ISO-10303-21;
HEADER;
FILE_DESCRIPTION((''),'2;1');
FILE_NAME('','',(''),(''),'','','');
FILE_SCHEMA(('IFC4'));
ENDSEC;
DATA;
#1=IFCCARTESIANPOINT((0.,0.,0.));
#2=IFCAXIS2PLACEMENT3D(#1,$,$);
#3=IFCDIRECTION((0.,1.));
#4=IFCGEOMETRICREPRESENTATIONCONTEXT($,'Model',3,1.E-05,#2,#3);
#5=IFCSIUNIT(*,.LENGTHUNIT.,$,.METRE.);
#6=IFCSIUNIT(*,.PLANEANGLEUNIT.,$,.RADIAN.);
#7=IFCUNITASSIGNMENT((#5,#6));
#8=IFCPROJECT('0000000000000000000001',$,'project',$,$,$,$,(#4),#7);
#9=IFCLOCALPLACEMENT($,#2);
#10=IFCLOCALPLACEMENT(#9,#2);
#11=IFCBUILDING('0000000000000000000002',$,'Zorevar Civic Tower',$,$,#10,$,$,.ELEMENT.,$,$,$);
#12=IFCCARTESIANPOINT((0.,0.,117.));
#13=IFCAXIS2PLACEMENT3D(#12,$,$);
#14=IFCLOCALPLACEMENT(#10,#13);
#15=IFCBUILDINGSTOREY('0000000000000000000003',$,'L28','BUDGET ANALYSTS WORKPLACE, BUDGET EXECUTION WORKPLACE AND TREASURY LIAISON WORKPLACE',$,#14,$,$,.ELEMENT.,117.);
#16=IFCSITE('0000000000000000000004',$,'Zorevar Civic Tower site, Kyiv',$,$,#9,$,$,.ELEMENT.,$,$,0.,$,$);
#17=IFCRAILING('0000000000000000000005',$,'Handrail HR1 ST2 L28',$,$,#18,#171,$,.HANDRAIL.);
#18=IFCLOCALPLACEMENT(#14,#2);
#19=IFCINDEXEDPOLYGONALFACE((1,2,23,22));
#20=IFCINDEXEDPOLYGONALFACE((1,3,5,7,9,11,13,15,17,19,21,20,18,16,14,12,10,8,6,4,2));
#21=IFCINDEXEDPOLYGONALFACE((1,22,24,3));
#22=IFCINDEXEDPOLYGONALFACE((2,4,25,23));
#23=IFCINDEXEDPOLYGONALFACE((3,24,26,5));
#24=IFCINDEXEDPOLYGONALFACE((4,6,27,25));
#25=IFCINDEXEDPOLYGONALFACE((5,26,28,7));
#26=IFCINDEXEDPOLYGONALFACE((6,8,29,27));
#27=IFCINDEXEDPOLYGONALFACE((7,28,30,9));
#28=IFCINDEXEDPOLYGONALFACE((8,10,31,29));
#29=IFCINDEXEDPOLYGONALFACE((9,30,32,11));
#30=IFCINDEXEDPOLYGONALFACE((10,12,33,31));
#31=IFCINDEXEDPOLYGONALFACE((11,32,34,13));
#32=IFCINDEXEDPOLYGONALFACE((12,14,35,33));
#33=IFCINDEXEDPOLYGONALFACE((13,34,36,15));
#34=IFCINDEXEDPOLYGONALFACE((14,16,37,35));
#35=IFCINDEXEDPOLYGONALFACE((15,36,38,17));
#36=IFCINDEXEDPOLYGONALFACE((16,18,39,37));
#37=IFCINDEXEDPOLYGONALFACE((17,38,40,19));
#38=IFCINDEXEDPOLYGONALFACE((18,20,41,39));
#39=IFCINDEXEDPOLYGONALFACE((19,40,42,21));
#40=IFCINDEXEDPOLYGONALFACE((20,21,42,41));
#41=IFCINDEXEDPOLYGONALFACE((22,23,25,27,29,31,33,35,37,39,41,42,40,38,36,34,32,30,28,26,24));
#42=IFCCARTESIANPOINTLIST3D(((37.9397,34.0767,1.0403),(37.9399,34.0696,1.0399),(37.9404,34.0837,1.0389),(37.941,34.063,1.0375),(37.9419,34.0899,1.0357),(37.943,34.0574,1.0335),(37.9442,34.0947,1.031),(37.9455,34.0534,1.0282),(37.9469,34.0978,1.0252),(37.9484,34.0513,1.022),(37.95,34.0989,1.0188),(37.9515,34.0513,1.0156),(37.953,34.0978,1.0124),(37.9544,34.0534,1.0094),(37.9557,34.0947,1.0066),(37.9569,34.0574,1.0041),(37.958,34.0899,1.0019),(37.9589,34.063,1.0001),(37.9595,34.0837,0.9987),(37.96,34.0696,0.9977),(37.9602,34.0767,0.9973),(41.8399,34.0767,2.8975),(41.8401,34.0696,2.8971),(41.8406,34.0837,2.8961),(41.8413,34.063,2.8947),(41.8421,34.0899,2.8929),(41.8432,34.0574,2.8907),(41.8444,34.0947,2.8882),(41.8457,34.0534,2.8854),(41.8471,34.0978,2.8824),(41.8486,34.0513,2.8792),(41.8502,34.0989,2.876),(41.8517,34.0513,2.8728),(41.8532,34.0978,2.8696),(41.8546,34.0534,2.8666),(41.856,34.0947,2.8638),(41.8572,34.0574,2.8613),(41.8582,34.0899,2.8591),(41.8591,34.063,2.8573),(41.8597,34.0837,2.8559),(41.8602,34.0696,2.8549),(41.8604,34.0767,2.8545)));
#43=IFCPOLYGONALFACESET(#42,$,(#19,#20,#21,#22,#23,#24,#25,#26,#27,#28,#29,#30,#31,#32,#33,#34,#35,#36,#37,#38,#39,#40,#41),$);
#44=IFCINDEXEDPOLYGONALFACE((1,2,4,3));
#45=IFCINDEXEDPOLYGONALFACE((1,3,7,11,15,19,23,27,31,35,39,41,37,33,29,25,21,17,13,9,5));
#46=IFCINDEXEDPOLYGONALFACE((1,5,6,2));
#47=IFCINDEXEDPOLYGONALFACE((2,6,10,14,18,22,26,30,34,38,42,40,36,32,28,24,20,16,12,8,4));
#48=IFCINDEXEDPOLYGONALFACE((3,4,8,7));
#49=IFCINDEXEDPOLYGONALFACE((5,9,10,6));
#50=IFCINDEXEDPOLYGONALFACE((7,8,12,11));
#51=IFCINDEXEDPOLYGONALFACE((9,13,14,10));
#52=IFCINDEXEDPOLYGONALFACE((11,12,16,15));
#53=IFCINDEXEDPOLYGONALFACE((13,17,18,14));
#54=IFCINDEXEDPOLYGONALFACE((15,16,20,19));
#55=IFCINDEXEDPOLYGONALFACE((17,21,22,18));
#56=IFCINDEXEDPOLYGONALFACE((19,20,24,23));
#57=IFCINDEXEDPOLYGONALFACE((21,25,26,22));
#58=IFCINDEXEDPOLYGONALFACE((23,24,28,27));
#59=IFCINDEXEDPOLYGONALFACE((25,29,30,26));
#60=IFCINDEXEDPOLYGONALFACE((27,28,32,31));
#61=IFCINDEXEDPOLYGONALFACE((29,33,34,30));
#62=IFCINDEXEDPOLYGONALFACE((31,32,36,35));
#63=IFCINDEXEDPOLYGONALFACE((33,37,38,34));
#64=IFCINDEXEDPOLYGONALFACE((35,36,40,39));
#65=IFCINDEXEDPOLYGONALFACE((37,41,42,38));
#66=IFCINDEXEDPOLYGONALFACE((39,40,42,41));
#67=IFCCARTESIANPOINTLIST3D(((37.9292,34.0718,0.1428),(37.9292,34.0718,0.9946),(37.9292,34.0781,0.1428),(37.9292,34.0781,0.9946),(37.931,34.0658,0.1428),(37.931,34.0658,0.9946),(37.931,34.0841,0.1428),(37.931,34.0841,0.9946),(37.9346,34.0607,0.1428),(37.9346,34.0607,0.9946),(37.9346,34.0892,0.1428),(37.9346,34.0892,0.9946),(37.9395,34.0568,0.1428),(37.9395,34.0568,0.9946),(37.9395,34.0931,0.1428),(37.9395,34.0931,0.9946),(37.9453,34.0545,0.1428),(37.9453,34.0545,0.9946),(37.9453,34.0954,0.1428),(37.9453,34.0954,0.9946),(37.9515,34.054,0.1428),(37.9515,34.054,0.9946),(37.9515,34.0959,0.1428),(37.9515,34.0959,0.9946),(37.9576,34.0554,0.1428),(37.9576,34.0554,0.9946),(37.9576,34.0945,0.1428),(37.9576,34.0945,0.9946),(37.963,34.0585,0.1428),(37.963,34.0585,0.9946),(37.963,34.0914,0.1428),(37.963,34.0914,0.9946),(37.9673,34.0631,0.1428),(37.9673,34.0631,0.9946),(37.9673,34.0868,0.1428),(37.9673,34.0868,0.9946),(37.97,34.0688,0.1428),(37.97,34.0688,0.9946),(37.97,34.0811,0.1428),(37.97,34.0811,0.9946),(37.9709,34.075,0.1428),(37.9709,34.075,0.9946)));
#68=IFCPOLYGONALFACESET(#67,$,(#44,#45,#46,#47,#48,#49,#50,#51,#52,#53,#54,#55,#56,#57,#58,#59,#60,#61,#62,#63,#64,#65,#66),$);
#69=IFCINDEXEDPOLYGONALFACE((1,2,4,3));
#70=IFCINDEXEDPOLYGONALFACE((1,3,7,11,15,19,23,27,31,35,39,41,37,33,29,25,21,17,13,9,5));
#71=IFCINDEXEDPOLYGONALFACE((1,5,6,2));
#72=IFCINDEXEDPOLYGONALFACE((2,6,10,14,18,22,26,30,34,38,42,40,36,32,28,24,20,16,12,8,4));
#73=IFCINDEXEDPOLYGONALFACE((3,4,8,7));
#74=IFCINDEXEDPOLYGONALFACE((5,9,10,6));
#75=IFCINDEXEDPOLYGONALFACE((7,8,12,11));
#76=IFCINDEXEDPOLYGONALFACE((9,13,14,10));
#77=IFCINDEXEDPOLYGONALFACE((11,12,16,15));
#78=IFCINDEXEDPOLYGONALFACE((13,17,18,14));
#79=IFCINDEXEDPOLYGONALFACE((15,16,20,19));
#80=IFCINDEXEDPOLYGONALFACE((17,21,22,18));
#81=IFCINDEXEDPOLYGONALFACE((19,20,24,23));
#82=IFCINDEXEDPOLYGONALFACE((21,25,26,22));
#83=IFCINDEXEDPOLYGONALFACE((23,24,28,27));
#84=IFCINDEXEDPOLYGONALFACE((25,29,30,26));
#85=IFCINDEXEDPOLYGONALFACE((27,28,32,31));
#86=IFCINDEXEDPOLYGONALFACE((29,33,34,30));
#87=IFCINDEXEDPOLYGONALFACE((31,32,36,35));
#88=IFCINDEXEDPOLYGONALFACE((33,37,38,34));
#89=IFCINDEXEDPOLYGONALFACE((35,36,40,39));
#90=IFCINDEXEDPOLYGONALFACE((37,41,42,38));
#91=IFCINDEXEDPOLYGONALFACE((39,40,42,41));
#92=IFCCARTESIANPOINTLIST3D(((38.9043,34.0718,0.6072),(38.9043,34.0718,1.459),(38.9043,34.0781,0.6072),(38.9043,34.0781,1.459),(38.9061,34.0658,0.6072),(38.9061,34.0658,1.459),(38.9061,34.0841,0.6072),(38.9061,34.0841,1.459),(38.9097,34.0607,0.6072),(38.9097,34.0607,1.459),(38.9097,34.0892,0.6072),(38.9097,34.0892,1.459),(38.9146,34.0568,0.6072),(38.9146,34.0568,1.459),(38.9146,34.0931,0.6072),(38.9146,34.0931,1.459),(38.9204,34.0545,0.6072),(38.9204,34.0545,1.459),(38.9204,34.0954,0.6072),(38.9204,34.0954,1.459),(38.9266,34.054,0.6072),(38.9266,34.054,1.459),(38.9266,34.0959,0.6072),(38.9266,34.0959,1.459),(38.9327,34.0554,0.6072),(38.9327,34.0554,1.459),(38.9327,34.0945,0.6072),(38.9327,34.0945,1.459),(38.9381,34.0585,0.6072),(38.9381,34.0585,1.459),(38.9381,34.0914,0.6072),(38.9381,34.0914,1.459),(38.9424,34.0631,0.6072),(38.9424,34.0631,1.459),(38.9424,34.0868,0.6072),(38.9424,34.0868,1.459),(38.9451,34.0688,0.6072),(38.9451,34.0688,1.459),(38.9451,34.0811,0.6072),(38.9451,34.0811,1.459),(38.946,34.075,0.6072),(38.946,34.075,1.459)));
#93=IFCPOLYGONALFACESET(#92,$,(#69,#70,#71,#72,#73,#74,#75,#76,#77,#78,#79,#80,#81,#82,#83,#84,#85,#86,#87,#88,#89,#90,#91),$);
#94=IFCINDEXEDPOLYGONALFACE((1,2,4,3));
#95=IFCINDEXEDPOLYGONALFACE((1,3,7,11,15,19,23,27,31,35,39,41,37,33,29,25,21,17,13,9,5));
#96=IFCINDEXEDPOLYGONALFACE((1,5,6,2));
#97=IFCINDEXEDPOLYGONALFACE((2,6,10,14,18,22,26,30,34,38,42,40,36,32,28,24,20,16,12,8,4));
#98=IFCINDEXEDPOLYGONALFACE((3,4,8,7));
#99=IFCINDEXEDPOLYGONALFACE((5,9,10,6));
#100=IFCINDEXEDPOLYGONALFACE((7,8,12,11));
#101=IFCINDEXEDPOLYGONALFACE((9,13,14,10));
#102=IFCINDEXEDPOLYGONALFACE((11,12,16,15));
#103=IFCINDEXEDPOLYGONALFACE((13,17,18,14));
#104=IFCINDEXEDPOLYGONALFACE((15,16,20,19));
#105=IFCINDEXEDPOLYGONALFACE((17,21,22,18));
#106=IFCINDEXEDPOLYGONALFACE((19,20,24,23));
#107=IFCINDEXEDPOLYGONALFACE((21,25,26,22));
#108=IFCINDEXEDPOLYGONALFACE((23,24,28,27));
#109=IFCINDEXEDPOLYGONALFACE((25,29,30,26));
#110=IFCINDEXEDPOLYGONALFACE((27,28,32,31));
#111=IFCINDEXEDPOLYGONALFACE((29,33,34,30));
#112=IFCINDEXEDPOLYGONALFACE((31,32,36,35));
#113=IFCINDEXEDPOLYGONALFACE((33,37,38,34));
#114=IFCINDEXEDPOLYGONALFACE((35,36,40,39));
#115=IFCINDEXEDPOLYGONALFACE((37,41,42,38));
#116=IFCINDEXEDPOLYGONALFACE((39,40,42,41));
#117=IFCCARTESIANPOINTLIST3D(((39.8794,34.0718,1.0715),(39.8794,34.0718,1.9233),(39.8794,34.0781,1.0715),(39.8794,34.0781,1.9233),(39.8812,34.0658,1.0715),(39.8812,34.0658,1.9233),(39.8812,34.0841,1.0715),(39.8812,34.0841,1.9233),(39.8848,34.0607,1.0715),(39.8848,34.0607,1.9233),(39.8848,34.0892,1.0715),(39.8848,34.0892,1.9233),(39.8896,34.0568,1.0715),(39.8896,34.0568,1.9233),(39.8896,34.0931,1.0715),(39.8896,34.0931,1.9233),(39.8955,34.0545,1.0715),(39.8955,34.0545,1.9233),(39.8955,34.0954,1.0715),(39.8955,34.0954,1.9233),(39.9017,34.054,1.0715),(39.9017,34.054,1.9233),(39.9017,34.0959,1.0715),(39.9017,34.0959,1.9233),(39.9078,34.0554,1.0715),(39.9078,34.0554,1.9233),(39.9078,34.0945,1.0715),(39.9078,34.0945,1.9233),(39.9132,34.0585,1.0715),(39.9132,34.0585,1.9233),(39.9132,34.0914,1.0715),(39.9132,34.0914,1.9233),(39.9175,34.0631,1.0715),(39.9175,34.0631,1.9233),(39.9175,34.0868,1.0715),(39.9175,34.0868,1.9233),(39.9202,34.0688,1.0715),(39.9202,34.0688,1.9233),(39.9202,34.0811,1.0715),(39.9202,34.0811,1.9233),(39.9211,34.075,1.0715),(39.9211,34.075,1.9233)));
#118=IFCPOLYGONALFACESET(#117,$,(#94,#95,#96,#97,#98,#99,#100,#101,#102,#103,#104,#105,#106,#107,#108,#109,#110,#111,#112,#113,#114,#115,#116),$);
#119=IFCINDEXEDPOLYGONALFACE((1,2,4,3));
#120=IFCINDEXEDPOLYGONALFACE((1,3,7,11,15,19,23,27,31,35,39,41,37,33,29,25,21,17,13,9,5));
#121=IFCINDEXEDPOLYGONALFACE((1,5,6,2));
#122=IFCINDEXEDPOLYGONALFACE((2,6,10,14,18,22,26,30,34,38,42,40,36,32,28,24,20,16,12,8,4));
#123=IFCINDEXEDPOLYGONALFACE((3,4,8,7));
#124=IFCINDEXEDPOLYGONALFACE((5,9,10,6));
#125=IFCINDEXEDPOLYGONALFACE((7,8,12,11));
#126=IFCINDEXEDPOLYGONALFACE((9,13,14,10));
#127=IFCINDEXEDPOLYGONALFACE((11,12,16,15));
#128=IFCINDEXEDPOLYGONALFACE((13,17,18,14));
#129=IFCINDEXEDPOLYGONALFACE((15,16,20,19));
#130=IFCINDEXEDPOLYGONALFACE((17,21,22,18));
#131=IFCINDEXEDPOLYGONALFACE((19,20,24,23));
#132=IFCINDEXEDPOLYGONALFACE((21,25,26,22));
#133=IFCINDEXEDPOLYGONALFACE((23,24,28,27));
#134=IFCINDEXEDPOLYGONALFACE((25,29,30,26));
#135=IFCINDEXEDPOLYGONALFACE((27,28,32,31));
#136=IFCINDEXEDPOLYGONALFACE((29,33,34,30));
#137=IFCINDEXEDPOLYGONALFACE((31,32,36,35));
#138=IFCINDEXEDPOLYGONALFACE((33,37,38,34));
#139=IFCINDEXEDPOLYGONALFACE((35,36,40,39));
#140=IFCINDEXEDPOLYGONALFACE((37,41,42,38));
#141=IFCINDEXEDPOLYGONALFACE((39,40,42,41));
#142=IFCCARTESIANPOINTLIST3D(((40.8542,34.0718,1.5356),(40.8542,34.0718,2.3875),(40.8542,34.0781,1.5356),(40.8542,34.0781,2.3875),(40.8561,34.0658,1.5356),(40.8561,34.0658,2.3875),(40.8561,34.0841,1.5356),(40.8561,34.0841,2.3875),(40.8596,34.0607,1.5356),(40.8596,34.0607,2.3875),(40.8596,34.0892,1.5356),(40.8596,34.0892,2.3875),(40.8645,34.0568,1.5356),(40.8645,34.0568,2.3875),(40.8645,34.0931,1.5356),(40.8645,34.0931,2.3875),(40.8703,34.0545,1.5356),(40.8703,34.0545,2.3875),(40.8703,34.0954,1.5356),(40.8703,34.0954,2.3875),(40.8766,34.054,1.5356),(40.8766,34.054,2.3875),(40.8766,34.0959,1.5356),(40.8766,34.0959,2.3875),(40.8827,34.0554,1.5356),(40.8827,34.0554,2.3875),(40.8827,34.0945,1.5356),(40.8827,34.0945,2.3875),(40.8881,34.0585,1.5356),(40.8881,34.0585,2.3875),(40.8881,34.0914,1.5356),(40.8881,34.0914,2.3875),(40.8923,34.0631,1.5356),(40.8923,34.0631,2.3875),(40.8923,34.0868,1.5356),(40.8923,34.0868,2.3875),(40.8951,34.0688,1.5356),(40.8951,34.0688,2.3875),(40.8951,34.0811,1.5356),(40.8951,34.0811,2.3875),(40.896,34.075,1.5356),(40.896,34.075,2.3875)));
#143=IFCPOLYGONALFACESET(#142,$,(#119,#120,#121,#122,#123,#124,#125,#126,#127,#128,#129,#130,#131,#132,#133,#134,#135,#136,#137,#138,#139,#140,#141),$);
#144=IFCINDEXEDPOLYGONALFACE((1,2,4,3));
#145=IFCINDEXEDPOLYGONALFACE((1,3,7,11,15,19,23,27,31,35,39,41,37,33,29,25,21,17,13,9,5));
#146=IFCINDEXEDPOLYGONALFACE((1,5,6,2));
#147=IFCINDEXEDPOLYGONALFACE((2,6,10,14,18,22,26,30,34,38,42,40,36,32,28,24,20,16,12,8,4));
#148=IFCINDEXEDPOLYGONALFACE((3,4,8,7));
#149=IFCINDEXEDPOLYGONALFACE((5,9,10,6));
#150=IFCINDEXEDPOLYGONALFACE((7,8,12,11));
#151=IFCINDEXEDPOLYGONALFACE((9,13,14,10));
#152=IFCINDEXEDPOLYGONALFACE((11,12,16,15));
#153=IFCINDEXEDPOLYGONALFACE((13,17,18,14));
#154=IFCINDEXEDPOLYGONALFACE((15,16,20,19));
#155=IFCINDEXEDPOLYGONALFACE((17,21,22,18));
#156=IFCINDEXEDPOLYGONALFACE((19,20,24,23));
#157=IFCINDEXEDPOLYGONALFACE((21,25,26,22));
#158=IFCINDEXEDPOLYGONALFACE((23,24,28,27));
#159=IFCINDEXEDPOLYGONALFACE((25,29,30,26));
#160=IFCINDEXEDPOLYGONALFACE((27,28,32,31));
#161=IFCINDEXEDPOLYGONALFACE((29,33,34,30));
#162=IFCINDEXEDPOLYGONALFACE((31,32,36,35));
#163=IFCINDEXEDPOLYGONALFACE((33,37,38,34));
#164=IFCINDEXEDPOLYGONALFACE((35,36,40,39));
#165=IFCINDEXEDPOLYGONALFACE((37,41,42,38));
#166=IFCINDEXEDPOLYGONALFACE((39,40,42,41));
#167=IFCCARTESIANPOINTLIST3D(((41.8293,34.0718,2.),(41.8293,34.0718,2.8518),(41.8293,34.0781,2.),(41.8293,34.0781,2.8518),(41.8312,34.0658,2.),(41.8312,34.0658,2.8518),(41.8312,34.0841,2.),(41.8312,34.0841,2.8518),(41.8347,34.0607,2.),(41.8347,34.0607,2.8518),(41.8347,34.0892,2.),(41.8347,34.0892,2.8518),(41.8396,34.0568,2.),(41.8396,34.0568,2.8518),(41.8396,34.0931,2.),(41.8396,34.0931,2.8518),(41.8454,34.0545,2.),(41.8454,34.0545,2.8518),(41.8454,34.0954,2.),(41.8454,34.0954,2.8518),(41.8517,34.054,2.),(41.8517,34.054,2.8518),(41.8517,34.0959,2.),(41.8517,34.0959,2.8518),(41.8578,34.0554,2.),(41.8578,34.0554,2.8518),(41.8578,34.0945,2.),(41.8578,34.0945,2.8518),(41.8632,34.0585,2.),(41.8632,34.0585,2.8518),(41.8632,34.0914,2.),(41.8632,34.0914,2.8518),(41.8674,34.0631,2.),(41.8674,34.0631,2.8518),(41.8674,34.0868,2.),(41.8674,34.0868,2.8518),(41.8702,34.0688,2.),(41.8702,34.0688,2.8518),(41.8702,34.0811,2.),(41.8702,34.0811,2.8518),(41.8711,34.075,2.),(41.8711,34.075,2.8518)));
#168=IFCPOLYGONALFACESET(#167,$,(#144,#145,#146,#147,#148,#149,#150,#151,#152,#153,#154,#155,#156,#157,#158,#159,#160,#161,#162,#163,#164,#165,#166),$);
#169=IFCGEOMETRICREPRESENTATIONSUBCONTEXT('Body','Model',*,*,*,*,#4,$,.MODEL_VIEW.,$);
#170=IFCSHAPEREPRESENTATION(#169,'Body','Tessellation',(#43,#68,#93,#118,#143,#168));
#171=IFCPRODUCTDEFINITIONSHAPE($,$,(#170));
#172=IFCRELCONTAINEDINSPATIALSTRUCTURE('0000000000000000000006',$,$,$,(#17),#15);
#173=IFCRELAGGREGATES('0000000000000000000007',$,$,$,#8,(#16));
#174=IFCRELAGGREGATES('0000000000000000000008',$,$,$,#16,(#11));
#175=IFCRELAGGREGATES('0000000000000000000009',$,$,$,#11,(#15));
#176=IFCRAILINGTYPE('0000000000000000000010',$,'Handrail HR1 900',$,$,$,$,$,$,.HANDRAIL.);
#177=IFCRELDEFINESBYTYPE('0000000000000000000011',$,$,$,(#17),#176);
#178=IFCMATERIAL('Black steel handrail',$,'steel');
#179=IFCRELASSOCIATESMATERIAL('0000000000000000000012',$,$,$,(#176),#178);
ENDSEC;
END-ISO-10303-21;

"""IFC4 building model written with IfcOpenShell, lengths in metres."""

from ifc_helpers import new_model, si_unit, direction, frame, origin, origin_2d, place, context, subcontext, project, spatial, circle, extrude, material, type_object, element, save


model = new_model("IFC4")

# Units and contexts
model_context = context("Model", 3, precision=1e-05, world=origin(), true_north=direction((0.0, 1.0)))
body_context = subcontext(model_context, "Body", "Model", "MODEL_VIEW")
ifc_project = project(units=[si_unit("LENGTHUNIT", "METRE"), si_unit("PLANEANGLEUNIT", "RADIAN")], contexts=[model_context])

# Site, building, storey
site_placement = place(None, origin())
site = spatial("IfcSite", under=ifc_project, at=site_placement, Name="Zorevar Civic Tower site, Kyiv", CompositionType="ELEMENT", RefElevation=0.0)
building_placement = place(site_placement, origin())
building = spatial("IfcBuilding", under=site, at=building_placement, Name="Zorevar Civic Tower", CompositionType="ELEMENT")
storey_placement = place(building_placement, frame((0.0, 0.0, 117.0)))
storey = spatial("IfcBuildingStorey", under=building, at=storey_placement, Name="L28", Description="BUDGET ANALYSTS WORKPLACE, BUDGET EXECUTION WORKPLACE AND TREASURY LIAISON WORKPLACE", CompositionType="ELEMENT", Elevation=117.0)

# Railing
ifc_material_1 = material(Name="Black steel handrail", Category="steel")
railing_type = type_object("IfcRailingType", Name="Handrail HR1 900", PredefinedType="HANDRAIL", material=ifc_material_1)
railing_1_placement = place(storey_placement, frame((37.95, 34.075, 0.1428)))
element("IfcRailing", 1, at=railing_1_placement, inside=storey, type_object=railing_type, Name="Handrail HR1 ST2 L28", PredefinedType="HANDRAIL", context=body_context, shape_type="SweptSolid", body=[
    extrude(circle(Radius=0.0239, at=origin_2d()), frame((0.0, 0.0, 0.876), z_axis=(0.902864, 0.0, 0.429927), x_axis=(0.0, 1.0, 0.0)), (0.0, 0.0, 1.0), 4.3198),
    extrude(circle(Radius=0.021, at=origin_2d()), origin(), (0.0, 0.0, 1.0), 0.8518),
    extrude(circle(Radius=0.021, at=origin_2d()), frame((0.9751, 0.0, 0.4644)), (0.0, 0.0, 1.0), 0.8518),
    extrude(circle(Radius=0.021, at=origin_2d()), frame((1.9502, 0.0, 0.9287)), (0.0, 0.0, 1.0), 0.8518),
    extrude(circle(Radius=0.021, at=origin_2d()), frame((2.925, 0.0, 1.3928)), (0.0, 0.0, 1.0), 0.8518),
    extrude(circle(Radius=0.021, at=origin_2d()), frame((3.9001, 0.0, 1.8572)), (0.0, 0.0, 1.0), 0.8518),
])

save(model, "model.ifc")
